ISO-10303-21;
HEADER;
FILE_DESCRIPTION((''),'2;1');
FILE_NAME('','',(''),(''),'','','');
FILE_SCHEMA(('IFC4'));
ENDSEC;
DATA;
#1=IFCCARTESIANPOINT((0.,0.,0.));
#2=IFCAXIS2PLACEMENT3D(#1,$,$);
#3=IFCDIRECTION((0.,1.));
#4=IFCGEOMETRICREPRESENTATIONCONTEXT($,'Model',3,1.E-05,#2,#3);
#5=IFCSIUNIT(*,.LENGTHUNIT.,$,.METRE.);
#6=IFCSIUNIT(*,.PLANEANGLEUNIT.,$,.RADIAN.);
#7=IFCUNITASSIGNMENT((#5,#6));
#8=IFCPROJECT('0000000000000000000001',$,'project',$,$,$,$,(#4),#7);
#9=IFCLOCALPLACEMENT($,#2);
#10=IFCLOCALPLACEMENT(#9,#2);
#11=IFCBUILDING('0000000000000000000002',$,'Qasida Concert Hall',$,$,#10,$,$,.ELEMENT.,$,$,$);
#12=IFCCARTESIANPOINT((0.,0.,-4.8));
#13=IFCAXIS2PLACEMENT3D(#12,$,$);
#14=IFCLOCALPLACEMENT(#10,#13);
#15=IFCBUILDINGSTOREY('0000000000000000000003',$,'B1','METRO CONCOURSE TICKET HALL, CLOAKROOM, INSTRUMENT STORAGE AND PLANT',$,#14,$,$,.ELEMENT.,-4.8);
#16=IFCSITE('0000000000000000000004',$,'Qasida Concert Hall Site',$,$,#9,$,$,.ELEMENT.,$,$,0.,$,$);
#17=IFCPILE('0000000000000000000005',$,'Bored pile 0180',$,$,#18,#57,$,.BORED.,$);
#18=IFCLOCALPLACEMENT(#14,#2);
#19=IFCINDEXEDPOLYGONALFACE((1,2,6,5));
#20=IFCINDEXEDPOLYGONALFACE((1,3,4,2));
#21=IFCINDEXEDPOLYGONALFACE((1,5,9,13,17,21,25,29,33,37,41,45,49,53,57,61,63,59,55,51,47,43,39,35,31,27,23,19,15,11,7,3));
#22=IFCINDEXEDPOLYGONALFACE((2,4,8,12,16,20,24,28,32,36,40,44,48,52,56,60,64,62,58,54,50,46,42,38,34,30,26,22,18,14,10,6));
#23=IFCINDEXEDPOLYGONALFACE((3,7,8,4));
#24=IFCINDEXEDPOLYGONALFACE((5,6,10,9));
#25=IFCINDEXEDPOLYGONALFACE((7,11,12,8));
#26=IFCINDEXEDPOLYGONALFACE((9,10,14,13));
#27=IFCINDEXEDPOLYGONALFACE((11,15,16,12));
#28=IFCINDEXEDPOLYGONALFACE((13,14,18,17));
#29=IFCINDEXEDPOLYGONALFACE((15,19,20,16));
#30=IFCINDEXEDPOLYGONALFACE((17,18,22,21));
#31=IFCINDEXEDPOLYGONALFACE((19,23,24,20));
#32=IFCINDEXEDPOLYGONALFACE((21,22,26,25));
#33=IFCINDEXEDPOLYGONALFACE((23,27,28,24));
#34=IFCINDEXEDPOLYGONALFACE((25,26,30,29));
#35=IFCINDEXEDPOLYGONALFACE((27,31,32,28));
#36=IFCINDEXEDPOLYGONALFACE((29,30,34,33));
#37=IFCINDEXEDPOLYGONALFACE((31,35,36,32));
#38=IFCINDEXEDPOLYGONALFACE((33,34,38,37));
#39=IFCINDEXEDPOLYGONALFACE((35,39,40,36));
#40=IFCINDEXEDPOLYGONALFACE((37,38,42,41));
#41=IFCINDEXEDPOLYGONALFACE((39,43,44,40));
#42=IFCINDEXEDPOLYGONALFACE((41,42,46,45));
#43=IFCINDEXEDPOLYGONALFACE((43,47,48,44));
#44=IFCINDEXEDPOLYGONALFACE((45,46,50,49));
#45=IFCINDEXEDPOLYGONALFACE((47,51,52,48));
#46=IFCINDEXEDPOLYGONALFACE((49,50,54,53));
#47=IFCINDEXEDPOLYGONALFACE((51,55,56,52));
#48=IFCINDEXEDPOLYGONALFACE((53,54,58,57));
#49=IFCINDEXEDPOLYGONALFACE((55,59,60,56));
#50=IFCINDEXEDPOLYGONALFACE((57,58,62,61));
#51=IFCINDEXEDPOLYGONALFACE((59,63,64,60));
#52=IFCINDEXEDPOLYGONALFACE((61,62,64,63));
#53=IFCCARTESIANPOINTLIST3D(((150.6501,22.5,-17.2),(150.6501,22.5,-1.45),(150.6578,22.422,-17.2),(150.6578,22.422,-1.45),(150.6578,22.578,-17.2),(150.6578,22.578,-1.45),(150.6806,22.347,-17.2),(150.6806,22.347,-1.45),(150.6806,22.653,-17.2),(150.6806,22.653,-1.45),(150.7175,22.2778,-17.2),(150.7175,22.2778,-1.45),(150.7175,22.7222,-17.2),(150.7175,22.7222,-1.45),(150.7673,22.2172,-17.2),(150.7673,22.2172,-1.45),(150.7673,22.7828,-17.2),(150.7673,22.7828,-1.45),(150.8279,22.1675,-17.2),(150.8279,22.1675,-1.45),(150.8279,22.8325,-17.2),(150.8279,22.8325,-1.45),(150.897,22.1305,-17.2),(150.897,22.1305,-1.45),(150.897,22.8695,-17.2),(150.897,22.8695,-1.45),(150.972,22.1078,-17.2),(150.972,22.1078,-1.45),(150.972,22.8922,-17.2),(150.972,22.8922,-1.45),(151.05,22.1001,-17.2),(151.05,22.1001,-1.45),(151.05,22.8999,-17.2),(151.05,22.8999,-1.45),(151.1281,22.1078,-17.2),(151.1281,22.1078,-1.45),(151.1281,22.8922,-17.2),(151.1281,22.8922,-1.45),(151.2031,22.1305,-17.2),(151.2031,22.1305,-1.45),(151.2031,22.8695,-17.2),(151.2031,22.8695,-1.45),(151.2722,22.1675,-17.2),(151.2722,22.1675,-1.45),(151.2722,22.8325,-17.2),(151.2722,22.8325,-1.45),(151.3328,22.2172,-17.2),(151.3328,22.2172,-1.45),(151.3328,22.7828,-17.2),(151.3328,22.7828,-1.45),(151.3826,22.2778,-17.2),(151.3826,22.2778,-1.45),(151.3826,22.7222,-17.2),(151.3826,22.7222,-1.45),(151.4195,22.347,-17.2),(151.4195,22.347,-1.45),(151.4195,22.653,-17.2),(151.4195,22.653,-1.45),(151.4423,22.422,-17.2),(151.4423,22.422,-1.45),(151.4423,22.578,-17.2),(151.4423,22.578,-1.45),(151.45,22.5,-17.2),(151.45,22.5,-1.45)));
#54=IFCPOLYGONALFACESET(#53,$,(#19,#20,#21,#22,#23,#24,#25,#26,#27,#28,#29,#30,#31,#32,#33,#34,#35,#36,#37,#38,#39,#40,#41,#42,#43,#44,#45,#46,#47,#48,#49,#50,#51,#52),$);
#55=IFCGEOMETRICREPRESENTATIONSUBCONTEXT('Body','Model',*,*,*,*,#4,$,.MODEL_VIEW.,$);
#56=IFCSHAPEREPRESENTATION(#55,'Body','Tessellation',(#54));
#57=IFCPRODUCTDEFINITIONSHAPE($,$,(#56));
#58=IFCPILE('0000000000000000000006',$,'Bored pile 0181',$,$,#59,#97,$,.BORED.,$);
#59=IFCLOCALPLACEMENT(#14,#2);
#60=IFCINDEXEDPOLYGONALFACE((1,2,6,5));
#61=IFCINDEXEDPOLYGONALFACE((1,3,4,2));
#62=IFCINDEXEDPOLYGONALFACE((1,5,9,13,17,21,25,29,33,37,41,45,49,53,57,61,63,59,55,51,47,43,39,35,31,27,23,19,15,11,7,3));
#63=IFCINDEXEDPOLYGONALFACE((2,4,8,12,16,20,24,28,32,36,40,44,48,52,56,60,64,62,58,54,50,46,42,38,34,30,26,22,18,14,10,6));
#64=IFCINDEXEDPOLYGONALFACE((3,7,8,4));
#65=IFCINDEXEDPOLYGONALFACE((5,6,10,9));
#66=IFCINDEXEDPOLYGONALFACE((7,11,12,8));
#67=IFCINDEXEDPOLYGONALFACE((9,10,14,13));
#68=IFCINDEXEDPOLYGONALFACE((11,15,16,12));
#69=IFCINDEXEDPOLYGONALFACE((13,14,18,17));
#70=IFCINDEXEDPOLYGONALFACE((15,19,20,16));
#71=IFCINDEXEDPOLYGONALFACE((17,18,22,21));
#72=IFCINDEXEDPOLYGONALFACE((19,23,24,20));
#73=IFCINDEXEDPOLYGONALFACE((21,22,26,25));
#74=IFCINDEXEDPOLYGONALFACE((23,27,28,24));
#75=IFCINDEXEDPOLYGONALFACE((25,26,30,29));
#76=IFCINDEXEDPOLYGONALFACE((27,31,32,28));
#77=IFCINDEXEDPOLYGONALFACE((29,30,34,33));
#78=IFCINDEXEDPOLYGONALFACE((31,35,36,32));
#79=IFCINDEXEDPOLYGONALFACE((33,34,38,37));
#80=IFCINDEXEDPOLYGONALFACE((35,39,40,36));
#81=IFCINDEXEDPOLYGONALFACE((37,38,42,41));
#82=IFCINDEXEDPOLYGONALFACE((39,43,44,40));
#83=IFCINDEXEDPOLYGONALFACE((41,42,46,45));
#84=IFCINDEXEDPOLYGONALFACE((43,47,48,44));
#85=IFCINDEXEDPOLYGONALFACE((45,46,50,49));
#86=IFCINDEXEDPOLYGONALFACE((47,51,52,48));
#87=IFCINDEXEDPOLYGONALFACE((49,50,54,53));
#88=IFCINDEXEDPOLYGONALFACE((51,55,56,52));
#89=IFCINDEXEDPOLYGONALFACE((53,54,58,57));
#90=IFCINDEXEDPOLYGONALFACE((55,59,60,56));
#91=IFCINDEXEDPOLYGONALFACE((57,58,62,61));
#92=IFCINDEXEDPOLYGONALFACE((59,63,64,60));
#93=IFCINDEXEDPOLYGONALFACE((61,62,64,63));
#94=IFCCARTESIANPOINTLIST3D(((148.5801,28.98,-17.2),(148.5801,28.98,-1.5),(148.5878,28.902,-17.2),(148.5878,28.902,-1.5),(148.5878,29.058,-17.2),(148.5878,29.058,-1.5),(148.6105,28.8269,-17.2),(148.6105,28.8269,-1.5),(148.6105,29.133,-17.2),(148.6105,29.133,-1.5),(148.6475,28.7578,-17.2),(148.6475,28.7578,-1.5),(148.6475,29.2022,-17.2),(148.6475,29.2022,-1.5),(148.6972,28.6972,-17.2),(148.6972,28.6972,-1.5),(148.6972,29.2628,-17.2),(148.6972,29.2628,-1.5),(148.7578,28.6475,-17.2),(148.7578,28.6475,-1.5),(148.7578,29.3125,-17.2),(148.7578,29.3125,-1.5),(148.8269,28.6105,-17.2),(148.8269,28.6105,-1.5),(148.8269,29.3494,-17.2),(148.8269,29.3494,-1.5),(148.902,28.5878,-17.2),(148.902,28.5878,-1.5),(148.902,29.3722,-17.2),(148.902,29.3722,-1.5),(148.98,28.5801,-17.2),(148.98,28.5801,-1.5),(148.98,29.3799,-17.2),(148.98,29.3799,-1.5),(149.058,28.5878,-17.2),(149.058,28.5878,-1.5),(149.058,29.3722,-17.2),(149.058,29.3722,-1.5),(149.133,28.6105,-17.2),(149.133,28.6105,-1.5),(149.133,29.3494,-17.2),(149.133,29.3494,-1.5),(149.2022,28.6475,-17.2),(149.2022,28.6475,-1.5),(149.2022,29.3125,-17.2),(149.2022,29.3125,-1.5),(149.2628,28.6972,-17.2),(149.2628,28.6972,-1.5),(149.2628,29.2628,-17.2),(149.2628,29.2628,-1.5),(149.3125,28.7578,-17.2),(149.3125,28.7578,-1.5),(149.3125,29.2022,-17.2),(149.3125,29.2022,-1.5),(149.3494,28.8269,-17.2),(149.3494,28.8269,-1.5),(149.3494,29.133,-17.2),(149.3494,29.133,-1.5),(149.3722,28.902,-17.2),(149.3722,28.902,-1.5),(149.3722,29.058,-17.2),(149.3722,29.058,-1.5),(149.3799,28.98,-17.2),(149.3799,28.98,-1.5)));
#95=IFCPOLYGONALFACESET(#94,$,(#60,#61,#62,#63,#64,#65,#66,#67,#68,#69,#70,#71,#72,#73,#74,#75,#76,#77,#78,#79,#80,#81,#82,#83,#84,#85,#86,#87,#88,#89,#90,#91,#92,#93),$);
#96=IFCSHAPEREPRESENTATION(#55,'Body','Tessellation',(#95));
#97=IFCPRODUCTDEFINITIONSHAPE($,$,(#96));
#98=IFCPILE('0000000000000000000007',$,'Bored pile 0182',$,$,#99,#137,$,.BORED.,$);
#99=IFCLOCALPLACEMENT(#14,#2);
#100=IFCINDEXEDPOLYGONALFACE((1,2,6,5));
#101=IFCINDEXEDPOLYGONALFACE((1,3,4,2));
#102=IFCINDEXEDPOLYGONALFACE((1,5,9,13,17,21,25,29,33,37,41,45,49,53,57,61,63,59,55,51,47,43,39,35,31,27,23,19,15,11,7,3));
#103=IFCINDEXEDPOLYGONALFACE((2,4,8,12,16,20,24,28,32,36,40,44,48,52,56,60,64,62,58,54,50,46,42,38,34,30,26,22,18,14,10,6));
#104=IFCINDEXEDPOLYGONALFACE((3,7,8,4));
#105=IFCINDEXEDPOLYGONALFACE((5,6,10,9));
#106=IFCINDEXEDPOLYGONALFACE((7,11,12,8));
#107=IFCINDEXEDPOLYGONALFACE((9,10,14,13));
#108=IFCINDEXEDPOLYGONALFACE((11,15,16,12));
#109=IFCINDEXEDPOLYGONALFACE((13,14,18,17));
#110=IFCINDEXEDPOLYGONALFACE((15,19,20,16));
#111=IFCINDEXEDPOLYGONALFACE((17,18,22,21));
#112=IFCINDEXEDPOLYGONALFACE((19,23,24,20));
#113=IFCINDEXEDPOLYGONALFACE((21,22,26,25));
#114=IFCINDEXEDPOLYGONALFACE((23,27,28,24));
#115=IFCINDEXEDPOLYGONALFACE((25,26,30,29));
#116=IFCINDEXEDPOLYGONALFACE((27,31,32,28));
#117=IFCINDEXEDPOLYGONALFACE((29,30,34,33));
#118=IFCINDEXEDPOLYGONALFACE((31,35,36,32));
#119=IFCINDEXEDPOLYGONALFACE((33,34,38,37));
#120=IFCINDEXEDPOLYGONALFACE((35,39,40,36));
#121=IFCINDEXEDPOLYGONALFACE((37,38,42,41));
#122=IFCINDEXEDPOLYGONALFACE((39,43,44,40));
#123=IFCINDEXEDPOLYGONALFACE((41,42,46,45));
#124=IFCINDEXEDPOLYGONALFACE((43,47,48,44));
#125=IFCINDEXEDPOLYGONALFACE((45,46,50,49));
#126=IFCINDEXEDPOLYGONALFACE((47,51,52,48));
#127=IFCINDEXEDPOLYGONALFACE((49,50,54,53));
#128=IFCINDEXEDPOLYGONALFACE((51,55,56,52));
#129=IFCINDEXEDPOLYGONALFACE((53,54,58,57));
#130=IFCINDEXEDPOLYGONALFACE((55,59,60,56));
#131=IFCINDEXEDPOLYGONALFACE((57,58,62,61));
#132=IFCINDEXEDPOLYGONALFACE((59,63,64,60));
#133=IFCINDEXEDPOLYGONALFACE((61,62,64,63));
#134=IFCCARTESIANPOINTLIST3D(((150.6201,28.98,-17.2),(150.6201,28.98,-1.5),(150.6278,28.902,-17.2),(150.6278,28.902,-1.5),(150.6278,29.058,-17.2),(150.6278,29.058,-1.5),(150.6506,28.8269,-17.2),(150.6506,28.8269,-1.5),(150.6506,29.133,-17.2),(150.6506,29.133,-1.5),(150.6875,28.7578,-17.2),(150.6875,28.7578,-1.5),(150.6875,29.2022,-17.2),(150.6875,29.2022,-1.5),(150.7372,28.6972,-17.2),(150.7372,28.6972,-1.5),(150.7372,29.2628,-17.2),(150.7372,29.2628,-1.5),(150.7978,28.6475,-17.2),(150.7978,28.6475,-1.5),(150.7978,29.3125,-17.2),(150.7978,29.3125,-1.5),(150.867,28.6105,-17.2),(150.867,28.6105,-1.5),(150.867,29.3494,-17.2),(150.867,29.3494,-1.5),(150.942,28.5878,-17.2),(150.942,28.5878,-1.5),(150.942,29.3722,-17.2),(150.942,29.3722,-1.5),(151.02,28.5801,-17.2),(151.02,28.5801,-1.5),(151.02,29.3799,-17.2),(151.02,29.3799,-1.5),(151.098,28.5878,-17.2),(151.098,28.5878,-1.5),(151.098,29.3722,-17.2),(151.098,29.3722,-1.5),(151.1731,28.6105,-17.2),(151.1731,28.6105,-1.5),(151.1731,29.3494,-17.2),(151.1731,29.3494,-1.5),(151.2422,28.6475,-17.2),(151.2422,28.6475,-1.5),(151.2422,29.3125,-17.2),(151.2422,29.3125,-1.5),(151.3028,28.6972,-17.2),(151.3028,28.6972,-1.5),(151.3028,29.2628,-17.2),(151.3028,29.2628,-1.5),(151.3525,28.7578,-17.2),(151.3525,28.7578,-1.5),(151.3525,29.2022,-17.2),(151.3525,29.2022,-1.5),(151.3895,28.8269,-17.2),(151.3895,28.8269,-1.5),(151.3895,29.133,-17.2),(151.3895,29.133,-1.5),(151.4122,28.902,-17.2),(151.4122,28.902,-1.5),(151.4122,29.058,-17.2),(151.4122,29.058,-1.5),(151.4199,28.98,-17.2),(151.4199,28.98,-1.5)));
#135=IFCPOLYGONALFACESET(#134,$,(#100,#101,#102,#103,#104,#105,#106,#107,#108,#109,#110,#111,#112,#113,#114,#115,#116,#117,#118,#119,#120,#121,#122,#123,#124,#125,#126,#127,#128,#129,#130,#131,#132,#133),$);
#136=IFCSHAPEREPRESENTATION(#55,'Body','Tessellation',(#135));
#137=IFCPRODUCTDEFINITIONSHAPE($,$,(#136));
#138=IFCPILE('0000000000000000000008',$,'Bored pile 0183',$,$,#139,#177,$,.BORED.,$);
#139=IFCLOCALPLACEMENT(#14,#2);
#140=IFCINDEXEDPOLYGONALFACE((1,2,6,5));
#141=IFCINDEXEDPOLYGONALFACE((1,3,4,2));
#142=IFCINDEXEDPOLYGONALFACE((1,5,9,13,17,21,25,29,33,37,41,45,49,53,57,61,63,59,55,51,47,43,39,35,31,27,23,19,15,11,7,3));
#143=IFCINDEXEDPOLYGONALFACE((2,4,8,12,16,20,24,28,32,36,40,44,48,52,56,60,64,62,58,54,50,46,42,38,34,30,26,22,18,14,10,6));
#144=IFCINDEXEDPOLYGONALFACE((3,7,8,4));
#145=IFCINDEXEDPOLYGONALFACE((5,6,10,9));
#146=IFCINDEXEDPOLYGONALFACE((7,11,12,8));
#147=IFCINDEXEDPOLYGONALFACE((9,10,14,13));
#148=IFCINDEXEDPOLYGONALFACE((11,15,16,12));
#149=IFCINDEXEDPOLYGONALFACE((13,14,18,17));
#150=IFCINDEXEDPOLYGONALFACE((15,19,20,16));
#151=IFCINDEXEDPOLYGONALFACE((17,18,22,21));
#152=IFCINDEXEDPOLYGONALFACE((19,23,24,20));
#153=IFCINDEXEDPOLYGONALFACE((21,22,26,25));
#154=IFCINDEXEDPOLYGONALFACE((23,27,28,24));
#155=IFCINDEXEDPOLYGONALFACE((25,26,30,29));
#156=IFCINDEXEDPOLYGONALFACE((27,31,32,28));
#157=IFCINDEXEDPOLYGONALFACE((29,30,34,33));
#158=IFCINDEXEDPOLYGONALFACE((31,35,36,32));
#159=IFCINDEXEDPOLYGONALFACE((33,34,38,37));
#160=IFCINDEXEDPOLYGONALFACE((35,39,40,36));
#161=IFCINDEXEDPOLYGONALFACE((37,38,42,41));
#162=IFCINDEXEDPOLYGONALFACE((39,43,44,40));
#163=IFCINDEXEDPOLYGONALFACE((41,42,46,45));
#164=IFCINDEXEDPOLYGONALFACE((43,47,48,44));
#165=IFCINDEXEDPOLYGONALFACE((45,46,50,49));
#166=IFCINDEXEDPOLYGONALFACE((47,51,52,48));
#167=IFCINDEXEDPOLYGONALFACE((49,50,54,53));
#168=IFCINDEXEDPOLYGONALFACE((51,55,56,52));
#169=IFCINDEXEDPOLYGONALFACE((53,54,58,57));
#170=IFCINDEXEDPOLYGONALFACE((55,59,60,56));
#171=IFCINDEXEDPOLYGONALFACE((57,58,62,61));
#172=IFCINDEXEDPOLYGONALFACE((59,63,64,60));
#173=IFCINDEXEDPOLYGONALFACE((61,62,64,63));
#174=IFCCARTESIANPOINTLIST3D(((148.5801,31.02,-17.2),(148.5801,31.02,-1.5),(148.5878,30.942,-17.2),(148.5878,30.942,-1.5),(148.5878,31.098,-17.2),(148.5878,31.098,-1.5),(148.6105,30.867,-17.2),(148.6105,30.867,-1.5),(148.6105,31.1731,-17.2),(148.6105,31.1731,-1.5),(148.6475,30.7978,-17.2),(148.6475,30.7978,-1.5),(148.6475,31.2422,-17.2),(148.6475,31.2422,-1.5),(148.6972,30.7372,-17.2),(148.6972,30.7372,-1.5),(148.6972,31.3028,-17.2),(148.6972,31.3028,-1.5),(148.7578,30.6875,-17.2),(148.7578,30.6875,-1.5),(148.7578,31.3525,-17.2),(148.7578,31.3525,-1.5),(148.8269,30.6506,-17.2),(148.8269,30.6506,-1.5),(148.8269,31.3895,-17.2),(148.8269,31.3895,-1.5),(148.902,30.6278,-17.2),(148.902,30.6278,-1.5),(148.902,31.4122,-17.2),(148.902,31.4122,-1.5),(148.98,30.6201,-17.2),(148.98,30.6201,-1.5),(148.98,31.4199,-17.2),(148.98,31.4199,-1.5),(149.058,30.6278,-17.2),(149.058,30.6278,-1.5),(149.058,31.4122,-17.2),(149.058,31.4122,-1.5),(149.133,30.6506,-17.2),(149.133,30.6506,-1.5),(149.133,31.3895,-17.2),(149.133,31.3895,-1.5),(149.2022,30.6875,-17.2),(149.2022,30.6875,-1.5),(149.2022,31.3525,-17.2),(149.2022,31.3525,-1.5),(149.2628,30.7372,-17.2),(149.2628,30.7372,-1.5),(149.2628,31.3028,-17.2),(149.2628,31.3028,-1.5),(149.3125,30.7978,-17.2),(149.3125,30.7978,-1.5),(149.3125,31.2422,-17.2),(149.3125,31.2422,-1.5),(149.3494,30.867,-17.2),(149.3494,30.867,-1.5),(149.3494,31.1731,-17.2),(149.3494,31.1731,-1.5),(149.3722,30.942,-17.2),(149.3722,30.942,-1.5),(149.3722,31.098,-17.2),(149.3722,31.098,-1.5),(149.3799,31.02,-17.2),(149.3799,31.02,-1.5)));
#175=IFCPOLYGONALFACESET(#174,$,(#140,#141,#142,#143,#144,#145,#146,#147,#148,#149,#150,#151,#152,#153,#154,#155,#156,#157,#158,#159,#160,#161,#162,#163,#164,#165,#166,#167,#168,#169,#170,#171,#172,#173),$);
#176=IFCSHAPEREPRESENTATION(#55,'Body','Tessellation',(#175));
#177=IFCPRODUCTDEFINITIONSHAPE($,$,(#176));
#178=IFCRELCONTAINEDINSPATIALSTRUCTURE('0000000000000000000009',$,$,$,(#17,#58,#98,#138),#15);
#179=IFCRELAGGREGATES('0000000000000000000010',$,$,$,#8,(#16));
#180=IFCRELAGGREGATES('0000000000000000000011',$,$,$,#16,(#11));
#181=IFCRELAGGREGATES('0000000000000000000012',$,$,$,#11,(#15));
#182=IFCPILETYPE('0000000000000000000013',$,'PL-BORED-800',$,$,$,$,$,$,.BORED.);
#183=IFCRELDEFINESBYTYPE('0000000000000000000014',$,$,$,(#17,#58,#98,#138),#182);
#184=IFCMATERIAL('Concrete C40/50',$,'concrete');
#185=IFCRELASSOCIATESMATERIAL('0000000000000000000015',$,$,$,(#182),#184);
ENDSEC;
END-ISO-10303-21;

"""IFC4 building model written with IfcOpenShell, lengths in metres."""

from ifc_helpers import new_model, si_unit, direction, frame, origin, origin_2d, place, context, subcontext, project, spatial, circle, extrude, material, material_profile, profile_set, type_object, element, save


model = new_model("IFC4")

# Units and contexts
model_context = context("Model", 3, precision=1e-05, world=origin(), true_north=direction((0.0, 1.0)))
body_context = subcontext(model_context, "Body", "Model", "MODEL_VIEW")
ifc_project = project(units=[si_unit("LENGTHUNIT", "METRE"), si_unit("PLANEANGLEUNIT", "RADIAN")], contexts=[model_context])

# Site, building, storey
site_placement = place(None, origin())
site = spatial("IfcSite", under=ifc_project, at=site_placement, Name="Qasida Concert Hall Site", CompositionType="ELEMENT", RefElevation=0.0)
building_placement = place(site_placement, origin())
building = spatial("IfcBuilding", under=site, at=building_placement, Name="Qasida Concert Hall", CompositionType="ELEMENT")
storey_placement = place(building_placement, frame((0.0, 0.0, -4.8)))
storey = spatial("IfcBuildingStorey", under=building, at=storey_placement, Name="B1", Description="METRO CONCOURSE TICKET HALL, CLOAKROOM, INSTRUMENT STORAGE AND PLANT", CompositionType="ELEMENT", Elevation=-4.8)

# Shared definitions
ifc_material_1 = material(Name="Concrete C40/50", Category="concrete")

# Piles
ifc_material_profile_1 = material_profile(ifc_material_1, circle(Radius=0.3999, at=origin_2d()), Name="BORED PILE D800")
ifc_profile_set_1 = profile_set([ifc_material_profile_1], Name="Concrete C40/50")
pile_type = type_object("IfcPileType", Name="PL-BORED-800", PredefinedType="BORED", material=ifc_profile_set_1)
for number, where, z_axis, x_axis, name in (
    (1, (151.05, 22.5, -1.45), (0.0, 0.0, -1.0), (1.0, 0.0, 0.0), "Bored pile 0180"),
):
    element("IfcPile", number, at=place(storey_placement, frame(where, z_axis=z_axis, x_axis=x_axis)), inside=storey, type_object=pile_type, Name=name, PredefinedType="BORED", context=body_context, shape_type="SweptSolid", body=[
        extrude(circle(Radius=0.3999, at=origin_2d()), origin(), (0.0, 0.0, 1.0), 15.75),
    ])
for number, where, z_axis, x_axis, name in (
    (2, (148.98, 28.98, -1.5), (0.0, 0.0, -1.0), (1.0, 0.0, 0.0), "Bored pile 0181"),
    (3, (151.02, 28.98, -1.5), (0.0, 0.0, -1.0), (1.0, 0.0, 0.0), "Bored pile 0182"),
    (4, (148.98, 31.02, -1.5), (0.0, 0.0, -1.0), (1.0, 0.0, 0.0), "Bored pile 0183"),
):
    element("IfcPile", number, at=place(storey_placement, frame(where, z_axis=z_axis, x_axis=x_axis)), inside=storey, type_object=pile_type, Name=name, PredefinedType="BORED", context=body_context, shape_type="SweptSolid", body=[
        extrude(circle(Radius=0.3999, at=origin_2d()), origin(), (0.0, 0.0, 1.0), 15.7),
    ])

save(model, "model.ifc")
